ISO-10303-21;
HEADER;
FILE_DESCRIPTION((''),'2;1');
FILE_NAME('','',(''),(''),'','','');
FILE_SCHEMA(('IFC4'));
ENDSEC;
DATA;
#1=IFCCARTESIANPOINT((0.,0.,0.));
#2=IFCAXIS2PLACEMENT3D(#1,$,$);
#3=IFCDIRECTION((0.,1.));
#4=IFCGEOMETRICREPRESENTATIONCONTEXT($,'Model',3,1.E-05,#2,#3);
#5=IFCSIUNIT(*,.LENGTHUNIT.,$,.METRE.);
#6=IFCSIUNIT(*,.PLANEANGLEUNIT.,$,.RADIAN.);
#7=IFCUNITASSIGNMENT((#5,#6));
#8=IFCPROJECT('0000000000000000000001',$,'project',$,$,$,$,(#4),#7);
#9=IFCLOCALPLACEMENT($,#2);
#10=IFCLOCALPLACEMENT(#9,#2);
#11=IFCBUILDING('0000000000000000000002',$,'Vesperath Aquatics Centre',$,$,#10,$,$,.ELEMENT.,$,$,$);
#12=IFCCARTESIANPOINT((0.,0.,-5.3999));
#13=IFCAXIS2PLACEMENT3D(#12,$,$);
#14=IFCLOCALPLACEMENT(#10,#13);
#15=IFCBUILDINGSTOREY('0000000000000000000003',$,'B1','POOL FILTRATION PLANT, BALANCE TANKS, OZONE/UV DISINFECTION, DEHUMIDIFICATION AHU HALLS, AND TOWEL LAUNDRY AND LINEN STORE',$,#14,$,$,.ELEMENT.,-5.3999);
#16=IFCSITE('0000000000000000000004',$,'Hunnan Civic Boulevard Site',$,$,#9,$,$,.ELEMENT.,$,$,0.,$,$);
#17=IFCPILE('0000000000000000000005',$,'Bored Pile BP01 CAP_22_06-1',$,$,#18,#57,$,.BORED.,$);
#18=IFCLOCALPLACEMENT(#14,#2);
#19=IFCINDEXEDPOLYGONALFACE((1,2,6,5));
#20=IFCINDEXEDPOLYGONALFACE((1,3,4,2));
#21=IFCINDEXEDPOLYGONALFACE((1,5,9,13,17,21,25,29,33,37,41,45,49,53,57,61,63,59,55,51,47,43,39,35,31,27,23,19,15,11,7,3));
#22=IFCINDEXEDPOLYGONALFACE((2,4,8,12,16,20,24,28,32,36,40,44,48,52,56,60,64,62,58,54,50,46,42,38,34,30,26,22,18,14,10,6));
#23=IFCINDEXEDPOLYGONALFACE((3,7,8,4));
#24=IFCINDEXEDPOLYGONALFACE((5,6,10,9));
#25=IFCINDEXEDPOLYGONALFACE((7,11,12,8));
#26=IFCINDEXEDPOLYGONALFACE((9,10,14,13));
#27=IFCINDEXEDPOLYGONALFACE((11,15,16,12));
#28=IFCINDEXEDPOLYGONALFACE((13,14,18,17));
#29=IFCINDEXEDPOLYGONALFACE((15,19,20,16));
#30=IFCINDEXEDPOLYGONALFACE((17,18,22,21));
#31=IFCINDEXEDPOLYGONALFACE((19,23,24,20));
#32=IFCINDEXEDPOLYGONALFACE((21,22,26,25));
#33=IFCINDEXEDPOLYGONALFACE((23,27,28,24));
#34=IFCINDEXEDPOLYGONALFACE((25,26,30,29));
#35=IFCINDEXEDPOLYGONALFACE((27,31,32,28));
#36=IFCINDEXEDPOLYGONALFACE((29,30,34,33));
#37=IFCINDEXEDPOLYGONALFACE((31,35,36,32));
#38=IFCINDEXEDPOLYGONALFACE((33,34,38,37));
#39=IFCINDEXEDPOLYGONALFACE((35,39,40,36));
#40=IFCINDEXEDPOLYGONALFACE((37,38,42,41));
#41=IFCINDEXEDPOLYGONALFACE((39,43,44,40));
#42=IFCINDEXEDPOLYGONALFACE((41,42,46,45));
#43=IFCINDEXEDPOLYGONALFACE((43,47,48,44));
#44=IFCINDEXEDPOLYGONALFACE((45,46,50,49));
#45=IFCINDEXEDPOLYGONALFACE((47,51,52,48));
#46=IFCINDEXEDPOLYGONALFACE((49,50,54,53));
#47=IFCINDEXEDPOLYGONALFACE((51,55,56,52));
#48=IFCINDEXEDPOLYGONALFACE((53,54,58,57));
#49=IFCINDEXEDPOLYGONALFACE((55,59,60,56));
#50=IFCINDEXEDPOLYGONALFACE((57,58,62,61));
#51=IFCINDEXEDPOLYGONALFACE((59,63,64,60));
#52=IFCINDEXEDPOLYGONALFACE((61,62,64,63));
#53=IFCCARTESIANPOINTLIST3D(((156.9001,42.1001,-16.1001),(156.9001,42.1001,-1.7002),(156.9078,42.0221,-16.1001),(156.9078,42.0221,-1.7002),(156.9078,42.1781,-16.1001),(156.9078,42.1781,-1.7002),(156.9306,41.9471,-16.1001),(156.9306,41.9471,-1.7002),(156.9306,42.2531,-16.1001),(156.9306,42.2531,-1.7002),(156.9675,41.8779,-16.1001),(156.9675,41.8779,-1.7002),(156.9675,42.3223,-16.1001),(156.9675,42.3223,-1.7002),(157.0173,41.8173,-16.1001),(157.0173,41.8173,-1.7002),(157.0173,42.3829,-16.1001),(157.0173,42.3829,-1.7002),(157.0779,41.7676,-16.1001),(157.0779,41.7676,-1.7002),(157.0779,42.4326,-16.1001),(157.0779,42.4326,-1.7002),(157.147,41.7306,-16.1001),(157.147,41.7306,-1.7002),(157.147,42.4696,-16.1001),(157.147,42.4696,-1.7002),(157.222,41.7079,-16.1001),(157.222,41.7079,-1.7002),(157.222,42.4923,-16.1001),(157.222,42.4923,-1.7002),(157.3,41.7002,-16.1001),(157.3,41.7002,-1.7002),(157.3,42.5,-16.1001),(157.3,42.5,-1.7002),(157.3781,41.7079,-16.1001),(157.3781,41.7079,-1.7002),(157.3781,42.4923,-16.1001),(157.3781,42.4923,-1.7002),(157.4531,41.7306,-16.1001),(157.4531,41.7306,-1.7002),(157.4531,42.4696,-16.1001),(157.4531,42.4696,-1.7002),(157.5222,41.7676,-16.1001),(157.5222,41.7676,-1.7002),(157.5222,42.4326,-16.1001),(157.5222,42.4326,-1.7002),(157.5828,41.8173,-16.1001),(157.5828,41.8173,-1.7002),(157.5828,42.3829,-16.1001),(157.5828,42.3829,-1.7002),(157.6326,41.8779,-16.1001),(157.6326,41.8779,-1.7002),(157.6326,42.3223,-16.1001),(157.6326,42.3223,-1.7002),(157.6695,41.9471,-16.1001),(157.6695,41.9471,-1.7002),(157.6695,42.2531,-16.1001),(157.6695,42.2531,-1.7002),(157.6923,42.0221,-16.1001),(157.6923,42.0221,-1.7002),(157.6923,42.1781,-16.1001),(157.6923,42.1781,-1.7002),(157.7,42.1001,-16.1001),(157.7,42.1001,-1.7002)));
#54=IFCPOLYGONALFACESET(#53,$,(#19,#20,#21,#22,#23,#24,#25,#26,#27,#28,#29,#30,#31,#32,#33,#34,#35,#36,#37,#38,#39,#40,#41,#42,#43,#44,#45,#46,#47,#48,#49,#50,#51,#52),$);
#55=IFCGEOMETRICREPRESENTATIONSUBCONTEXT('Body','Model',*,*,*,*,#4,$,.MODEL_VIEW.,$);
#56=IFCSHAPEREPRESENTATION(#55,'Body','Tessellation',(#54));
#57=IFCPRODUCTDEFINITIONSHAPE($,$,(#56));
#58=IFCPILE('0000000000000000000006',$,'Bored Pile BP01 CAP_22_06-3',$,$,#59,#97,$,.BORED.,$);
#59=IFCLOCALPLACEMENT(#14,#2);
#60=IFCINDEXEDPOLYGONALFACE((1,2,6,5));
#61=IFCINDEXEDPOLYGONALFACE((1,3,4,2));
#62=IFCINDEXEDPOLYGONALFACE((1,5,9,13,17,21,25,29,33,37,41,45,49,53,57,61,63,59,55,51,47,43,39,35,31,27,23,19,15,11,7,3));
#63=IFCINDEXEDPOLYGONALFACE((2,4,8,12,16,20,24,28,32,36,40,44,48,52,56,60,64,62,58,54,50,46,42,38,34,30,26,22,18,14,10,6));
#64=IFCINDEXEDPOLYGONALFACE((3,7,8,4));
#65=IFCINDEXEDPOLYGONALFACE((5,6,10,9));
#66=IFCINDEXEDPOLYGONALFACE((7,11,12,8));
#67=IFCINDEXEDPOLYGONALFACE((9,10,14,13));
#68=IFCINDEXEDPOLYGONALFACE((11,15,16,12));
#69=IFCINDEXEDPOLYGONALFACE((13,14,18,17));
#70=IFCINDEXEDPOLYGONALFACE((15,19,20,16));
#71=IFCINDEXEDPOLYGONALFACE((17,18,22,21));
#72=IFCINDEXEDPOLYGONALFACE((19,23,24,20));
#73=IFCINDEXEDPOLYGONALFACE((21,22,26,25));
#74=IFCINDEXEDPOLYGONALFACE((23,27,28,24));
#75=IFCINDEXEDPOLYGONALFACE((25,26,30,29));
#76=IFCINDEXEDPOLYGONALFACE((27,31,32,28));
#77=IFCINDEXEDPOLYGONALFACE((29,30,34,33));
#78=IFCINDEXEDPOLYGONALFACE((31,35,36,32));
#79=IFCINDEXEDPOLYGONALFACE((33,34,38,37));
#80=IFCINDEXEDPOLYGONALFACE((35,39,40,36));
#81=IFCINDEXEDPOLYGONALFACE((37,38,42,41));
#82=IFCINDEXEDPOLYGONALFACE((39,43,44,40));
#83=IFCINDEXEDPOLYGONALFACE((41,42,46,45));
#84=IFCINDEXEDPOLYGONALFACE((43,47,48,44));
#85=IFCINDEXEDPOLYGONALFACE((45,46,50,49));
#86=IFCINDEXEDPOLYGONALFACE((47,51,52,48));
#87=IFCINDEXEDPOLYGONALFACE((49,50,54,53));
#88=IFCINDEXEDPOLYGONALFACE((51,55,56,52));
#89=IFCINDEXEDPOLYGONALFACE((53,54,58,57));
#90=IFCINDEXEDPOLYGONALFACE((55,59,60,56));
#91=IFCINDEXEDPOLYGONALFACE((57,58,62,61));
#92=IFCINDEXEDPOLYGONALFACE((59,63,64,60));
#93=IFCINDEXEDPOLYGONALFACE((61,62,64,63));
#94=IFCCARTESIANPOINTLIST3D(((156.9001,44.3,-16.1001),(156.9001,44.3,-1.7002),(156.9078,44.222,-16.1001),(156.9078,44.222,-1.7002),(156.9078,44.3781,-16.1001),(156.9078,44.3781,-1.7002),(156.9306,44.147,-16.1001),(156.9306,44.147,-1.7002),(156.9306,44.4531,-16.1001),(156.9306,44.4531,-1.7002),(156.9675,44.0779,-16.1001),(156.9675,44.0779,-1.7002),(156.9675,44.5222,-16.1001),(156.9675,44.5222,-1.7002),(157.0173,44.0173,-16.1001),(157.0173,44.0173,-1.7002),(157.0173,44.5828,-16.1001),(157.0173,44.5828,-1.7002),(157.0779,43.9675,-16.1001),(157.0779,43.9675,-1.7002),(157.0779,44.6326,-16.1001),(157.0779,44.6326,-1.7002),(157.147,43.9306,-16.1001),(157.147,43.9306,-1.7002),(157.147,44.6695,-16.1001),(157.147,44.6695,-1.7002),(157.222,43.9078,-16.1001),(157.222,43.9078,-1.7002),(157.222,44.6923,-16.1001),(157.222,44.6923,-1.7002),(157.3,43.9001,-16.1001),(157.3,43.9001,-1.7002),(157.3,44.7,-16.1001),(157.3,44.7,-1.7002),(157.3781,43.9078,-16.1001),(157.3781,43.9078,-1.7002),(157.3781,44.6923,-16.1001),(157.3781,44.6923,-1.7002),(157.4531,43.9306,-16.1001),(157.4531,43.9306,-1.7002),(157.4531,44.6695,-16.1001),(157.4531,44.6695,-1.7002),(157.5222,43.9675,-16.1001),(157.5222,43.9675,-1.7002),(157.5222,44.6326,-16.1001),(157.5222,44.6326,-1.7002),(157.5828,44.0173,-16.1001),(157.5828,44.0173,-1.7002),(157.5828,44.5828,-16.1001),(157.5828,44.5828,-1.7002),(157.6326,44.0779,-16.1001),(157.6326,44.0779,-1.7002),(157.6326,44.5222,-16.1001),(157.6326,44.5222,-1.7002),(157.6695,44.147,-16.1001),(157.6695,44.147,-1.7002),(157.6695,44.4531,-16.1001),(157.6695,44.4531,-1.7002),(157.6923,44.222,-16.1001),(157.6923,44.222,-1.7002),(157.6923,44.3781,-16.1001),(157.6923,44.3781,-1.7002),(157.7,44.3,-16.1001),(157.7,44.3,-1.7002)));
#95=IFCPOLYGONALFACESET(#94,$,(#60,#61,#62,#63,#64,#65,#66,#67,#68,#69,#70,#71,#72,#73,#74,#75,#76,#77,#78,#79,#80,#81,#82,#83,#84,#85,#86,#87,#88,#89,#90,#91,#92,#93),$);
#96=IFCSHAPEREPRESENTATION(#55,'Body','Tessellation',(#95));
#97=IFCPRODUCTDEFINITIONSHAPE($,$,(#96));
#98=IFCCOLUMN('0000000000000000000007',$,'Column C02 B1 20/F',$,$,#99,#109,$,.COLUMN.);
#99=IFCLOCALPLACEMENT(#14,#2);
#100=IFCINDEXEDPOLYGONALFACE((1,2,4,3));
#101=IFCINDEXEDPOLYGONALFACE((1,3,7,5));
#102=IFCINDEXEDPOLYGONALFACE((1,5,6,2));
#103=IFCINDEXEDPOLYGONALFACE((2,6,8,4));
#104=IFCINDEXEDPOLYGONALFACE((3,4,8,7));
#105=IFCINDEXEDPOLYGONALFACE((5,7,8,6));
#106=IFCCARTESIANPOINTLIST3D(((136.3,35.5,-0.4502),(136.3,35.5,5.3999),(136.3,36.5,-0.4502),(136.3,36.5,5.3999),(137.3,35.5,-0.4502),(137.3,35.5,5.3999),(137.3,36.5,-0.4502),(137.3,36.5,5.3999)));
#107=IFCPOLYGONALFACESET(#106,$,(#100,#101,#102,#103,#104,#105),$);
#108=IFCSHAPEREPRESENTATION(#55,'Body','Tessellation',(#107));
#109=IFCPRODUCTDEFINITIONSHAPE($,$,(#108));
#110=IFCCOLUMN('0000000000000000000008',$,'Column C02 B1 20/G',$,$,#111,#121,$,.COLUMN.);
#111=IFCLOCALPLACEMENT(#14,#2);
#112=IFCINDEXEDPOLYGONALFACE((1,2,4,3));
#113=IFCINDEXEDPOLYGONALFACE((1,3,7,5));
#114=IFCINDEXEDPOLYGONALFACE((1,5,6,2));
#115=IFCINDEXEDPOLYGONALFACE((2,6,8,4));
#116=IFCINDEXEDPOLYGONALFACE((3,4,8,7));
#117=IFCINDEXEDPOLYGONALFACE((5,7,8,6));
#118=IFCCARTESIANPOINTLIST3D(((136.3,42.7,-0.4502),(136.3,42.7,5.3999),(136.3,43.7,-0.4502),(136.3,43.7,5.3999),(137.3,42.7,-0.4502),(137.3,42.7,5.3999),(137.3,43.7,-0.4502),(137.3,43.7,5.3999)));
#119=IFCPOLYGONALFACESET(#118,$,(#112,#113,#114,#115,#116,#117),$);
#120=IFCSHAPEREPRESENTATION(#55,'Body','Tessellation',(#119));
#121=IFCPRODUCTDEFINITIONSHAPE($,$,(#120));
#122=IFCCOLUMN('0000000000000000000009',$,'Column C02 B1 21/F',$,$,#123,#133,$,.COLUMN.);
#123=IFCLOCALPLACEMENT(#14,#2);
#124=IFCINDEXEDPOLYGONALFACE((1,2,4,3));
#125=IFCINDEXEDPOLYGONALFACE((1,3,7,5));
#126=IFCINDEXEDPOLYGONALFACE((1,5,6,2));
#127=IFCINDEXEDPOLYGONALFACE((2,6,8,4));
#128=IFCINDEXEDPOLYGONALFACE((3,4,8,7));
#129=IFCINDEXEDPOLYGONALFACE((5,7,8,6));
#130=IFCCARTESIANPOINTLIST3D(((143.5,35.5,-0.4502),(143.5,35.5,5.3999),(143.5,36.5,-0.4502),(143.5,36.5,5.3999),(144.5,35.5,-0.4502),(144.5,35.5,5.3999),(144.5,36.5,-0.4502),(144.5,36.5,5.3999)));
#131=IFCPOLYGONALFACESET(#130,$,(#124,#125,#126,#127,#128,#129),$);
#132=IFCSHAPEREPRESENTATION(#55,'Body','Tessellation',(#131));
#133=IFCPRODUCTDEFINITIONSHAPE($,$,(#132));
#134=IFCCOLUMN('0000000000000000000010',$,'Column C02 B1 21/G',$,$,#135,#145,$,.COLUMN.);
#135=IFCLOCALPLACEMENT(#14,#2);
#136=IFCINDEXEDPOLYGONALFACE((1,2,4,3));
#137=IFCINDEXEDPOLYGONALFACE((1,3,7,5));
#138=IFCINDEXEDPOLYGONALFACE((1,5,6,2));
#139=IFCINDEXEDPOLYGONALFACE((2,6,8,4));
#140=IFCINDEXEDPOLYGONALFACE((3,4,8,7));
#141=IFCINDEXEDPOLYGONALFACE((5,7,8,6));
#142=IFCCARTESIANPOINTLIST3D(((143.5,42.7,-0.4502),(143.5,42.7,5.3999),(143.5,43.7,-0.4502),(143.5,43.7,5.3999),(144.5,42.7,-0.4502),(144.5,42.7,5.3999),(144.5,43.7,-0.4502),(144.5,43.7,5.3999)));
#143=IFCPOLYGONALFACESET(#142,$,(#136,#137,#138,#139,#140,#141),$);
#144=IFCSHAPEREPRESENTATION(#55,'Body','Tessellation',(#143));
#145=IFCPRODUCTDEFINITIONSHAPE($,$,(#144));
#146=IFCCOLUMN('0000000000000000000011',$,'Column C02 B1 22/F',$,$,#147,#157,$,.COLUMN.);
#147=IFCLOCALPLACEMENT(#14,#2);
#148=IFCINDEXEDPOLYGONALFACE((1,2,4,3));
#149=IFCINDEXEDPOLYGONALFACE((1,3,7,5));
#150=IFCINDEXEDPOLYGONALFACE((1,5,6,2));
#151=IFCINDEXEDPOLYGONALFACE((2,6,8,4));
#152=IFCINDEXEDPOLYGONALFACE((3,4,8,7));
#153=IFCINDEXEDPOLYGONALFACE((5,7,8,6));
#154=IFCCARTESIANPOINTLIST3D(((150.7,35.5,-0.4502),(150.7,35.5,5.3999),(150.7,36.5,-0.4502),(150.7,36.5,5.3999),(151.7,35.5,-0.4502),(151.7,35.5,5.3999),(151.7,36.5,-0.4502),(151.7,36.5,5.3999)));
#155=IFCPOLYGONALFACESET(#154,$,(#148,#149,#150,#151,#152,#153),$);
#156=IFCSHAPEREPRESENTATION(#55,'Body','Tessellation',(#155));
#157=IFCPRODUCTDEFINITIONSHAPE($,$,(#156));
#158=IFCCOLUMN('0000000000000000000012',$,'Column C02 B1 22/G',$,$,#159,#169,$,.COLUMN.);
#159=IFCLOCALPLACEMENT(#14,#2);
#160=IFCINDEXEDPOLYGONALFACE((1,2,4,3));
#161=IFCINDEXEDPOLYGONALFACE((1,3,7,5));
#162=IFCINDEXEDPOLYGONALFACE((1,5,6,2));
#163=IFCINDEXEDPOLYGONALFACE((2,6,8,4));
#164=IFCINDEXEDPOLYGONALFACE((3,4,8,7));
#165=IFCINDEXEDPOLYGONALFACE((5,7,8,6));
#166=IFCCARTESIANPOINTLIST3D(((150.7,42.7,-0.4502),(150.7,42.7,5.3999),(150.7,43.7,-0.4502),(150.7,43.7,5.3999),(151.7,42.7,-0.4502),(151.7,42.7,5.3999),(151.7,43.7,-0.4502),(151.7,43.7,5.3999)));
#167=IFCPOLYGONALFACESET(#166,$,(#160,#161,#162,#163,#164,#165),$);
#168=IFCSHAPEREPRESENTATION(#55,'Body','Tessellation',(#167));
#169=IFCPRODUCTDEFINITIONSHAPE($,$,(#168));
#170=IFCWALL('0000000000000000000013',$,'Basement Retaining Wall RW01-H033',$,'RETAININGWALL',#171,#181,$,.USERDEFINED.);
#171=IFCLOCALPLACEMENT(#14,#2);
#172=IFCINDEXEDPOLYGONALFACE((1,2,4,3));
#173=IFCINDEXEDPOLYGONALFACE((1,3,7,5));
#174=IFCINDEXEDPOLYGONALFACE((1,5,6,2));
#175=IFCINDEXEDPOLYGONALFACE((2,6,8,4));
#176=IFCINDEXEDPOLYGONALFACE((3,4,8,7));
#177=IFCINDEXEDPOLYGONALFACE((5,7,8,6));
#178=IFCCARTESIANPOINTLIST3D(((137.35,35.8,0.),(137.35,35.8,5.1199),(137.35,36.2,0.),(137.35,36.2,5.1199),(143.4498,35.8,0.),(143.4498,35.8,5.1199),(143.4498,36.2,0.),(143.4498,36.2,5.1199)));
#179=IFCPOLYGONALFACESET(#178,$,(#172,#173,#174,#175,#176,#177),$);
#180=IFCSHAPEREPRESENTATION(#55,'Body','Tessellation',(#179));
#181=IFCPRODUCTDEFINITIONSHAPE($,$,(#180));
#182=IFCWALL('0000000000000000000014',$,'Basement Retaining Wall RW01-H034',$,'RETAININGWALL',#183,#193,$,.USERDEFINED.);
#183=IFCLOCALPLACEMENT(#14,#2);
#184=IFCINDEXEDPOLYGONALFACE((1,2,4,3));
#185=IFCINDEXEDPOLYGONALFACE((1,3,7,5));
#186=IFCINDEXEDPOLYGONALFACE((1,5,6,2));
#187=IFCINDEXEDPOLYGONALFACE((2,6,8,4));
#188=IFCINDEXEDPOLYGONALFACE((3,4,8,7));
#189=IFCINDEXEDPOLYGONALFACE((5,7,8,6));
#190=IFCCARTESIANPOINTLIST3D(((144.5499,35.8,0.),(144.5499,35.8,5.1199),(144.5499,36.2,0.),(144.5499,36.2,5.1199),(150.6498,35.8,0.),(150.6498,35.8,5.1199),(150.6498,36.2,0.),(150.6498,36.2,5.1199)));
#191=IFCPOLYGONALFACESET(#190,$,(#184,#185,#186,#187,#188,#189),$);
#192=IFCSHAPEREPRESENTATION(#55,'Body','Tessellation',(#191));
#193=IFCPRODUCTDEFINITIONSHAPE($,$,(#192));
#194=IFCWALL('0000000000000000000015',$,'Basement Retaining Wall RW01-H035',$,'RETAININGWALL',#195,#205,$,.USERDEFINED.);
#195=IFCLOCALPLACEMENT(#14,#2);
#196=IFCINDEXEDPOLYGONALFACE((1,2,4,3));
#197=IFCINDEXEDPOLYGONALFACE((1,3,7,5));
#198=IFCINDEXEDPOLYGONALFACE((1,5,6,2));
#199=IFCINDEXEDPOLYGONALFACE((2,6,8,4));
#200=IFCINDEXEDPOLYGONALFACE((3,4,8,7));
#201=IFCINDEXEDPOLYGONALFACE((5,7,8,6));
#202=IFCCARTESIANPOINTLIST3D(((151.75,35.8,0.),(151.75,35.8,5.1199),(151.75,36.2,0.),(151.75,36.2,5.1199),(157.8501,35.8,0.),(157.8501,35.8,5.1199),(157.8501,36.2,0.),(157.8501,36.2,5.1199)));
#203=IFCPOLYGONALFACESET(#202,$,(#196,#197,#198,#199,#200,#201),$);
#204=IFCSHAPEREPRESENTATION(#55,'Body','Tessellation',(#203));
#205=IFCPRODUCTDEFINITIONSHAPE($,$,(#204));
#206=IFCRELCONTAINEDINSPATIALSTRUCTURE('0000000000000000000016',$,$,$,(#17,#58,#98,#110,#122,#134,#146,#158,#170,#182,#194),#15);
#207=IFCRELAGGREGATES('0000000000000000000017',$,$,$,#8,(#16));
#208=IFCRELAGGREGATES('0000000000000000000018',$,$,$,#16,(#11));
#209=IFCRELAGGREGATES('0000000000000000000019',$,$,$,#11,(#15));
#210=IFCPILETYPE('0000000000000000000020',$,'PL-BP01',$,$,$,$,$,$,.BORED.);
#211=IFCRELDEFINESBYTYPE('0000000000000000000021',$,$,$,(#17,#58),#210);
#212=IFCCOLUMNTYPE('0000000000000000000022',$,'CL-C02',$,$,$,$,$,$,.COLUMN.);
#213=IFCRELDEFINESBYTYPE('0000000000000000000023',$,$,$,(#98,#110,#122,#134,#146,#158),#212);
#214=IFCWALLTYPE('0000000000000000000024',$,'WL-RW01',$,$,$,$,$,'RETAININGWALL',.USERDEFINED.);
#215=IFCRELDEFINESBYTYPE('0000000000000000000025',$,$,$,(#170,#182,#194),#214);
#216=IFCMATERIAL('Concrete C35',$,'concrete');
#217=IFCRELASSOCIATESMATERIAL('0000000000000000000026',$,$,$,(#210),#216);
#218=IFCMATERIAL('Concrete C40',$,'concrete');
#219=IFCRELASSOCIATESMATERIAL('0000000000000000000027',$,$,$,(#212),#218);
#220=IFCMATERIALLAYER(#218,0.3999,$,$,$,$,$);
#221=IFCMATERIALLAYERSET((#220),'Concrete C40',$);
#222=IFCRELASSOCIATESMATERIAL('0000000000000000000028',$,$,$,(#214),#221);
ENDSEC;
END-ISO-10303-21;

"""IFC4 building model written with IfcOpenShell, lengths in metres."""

from ifc_helpers import new_model, si_unit, direction, frame, frame_2d, origin, origin_2d, place, context, subcontext, project, spatial, rectangle, circle, extrude, material, layer, layer_set, material_profile, profile_set, type_object, element, save


model = new_model("IFC4")

# Units and contexts
model_context = context("Model", 3, precision=1e-05, world=origin(), true_north=direction((0.0, 1.0)))
body_context = subcontext(model_context, "Body", "Model", "MODEL_VIEW")
ifc_project = project(units=[si_unit("LENGTHUNIT", "METRE"), si_unit("PLANEANGLEUNIT", "RADIAN")], contexts=[model_context])

# Site, building, storey
site_placement = place(None, origin())
site = spatial("IfcSite", under=ifc_project, at=site_placement, Name="Hunnan Civic Boulevard Site", CompositionType="ELEMENT", RefElevation=0.0)
building_placement = place(site_placement, origin())
building = spatial("IfcBuilding", under=site, at=building_placement, Name="Vesperath Aquatics Centre", CompositionType="ELEMENT")
storey_placement = place(building_placement, frame((0.0, 0.0, -5.3999)))
storey = spatial("IfcBuildingStorey", under=building, at=storey_placement, Name="B1", Description="POOL FILTRATION PLANT, BALANCE TANKS, OZONE/UV DISINFECTION, DEHUMIDIFICATION AHU HALLS, AND TOWEL LAUNDRY AND LINEN STORE", CompositionType="ELEMENT", Elevation=-5.3999)

# Shared definitions
ifc_material_1 = material(Name="Concrete C40", Category="concrete")

# Piles
ifc_material_2 = material(Name="Concrete C35", Category="concrete")
ifc_material_profile_1 = material_profile(ifc_material_2, circle(Radius=0.3999, at=origin_2d()), Name="PILE D800")
ifc_profile_set_1 = profile_set([ifc_material_profile_1], Name="Concrete C35")
pile_type = type_object("IfcPileType", Name="PL-BP01", PredefinedType="BORED", material=ifc_profile_set_1)
for number, where, z_axis, x_axis, name in (
    (1, (157.3, 42.1001, -1.7002), (0.0, 0.0, -1.0), (1.0, 0.0, 0.0), "Bored Pile BP01 CAP_22_06-1"),
    (2, (157.3, 44.3, -1.7002), (0.0, 0.0, -1.0), (1.0, 0.0, 0.0), "Bored Pile BP01 CAP_22_06-3"),
):
    element("IfcPile", number, at=place(storey_placement, frame(where, z_axis=z_axis, x_axis=x_axis)), inside=storey, type_object=pile_type, Name=name, PredefinedType="BORED", context=body_context, shape_type="SweptSolid", body=[
        extrude(circle(Radius=0.3999, at=origin_2d()), origin(), (0.0, 0.0, 1.0), 14.3999),
    ])

# Columns
ifc_material_profile_2 = material_profile(ifc_material_1, rectangle(XDim=1.0, YDim=1.0, at=origin_2d()), Name="RC 1000x1000")
ifc_profile_set_2 = profile_set([ifc_material_profile_2], Name="Concrete C40")
column_type = type_object("IfcColumnType", Name="CL-C02", PredefinedType="COLUMN", material=ifc_profile_set_2)
for number, where, z_axis, x_axis, name in (
    (3, (136.8, 36.0, -0.4502), (0.0, 0.0, 1.0), (1.0, 0.0, 0.0), "Column C02 B1 20/F"),
    (4, (136.8, 43.2, -0.4502), (0.0, 0.0, 1.0), (1.0, 0.0, 0.0), "Column C02 B1 20/G"),
    (5, (144.0, 36.0, -0.4502), (0.0, 0.0, 1.0), (1.0, 0.0, 0.0), "Column C02 B1 21/F"),
    (6, (144.0, 43.2, -0.4502), (0.0, 0.0, 1.0), (1.0, 0.0, 0.0), "Column C02 B1 21/G"),
    (7, (151.2, 36.0, -0.4502), (0.0, 0.0, 1.0), (1.0, 0.0, 0.0), "Column C02 B1 22/F"),
    (8, (151.2, 43.2, -0.4502), (0.0, 0.0, 1.0), (1.0, 0.0, 0.0), "Column C02 B1 22/G"),
):
    element("IfcColumn", number, at=place(storey_placement, frame(where, z_axis=z_axis, x_axis=x_axis)), inside=storey, type_object=column_type, Name=name, PredefinedType="COLUMN", context=body_context, shape_type="SweptSolid", body=[
        extrude(rectangle(XDim=1.0, YDim=1.0, at=origin_2d()), origin(), (0.0, 0.0, 1.0), 5.8501),
    ])

# Walls
ifc_layer = layer(ifc_material_1, 0.3999)
ifc_layer_set = layer_set([ifc_layer], Name="Concrete C40")
wall_type = type_object("IfcWallType", Name="WL-RW01", ElementType="RETAININGWALL", PredefinedType="USERDEFINED", material=ifc_layer_set)
for number, where, z_axis, x_axis, name in (
    (9, (137.3501, 36.0, 0.0), (0.0, 0.0, 1.0), (1.0, 0.0, 0.0), "Basement Retaining Wall RW01-H033"),
    (10, (144.55, 36.0, 0.0), (0.0, 0.0, 1.0), (1.0, 0.0, 0.0), "Basement Retaining Wall RW01-H034"),
):
    element("IfcWall", number, at=place(storey_placement, frame(where, z_axis=z_axis, x_axis=x_axis)), inside=storey, type_object=wall_type, Name=name, ObjectType="RETAININGWALL", PredefinedType="USERDEFINED", context=body_context, shape_type="SweptSolid", body=[
        extrude(rectangle(XDim=6.0999, YDim=0.3999, at=frame_2d((3.0498, 0.0))), origin(), (0.0, 0.0, 1.0), 5.1199),
    ])
wall_placement = place(storey_placement, frame((151.75, 36.0, 0.0), z_axis=(0.0, 0.0, 1.0), x_axis=(1.0, 0.0, 0.0)))
element("IfcWall", 11, at=wall_placement, inside=storey, type_object=wall_type, Name="Basement Retaining Wall RW01-H035", ObjectType="RETAININGWALL", PredefinedType="USERDEFINED", context=body_context, shape_type="SweptSolid", body=[
    extrude(rectangle(XDim=6.1001, YDim=0.3999, at=frame_2d((3.05, 0.0))), origin(), (0.0, 0.0, 1.0), 5.1199),
])

save(model, "model.ifc")
